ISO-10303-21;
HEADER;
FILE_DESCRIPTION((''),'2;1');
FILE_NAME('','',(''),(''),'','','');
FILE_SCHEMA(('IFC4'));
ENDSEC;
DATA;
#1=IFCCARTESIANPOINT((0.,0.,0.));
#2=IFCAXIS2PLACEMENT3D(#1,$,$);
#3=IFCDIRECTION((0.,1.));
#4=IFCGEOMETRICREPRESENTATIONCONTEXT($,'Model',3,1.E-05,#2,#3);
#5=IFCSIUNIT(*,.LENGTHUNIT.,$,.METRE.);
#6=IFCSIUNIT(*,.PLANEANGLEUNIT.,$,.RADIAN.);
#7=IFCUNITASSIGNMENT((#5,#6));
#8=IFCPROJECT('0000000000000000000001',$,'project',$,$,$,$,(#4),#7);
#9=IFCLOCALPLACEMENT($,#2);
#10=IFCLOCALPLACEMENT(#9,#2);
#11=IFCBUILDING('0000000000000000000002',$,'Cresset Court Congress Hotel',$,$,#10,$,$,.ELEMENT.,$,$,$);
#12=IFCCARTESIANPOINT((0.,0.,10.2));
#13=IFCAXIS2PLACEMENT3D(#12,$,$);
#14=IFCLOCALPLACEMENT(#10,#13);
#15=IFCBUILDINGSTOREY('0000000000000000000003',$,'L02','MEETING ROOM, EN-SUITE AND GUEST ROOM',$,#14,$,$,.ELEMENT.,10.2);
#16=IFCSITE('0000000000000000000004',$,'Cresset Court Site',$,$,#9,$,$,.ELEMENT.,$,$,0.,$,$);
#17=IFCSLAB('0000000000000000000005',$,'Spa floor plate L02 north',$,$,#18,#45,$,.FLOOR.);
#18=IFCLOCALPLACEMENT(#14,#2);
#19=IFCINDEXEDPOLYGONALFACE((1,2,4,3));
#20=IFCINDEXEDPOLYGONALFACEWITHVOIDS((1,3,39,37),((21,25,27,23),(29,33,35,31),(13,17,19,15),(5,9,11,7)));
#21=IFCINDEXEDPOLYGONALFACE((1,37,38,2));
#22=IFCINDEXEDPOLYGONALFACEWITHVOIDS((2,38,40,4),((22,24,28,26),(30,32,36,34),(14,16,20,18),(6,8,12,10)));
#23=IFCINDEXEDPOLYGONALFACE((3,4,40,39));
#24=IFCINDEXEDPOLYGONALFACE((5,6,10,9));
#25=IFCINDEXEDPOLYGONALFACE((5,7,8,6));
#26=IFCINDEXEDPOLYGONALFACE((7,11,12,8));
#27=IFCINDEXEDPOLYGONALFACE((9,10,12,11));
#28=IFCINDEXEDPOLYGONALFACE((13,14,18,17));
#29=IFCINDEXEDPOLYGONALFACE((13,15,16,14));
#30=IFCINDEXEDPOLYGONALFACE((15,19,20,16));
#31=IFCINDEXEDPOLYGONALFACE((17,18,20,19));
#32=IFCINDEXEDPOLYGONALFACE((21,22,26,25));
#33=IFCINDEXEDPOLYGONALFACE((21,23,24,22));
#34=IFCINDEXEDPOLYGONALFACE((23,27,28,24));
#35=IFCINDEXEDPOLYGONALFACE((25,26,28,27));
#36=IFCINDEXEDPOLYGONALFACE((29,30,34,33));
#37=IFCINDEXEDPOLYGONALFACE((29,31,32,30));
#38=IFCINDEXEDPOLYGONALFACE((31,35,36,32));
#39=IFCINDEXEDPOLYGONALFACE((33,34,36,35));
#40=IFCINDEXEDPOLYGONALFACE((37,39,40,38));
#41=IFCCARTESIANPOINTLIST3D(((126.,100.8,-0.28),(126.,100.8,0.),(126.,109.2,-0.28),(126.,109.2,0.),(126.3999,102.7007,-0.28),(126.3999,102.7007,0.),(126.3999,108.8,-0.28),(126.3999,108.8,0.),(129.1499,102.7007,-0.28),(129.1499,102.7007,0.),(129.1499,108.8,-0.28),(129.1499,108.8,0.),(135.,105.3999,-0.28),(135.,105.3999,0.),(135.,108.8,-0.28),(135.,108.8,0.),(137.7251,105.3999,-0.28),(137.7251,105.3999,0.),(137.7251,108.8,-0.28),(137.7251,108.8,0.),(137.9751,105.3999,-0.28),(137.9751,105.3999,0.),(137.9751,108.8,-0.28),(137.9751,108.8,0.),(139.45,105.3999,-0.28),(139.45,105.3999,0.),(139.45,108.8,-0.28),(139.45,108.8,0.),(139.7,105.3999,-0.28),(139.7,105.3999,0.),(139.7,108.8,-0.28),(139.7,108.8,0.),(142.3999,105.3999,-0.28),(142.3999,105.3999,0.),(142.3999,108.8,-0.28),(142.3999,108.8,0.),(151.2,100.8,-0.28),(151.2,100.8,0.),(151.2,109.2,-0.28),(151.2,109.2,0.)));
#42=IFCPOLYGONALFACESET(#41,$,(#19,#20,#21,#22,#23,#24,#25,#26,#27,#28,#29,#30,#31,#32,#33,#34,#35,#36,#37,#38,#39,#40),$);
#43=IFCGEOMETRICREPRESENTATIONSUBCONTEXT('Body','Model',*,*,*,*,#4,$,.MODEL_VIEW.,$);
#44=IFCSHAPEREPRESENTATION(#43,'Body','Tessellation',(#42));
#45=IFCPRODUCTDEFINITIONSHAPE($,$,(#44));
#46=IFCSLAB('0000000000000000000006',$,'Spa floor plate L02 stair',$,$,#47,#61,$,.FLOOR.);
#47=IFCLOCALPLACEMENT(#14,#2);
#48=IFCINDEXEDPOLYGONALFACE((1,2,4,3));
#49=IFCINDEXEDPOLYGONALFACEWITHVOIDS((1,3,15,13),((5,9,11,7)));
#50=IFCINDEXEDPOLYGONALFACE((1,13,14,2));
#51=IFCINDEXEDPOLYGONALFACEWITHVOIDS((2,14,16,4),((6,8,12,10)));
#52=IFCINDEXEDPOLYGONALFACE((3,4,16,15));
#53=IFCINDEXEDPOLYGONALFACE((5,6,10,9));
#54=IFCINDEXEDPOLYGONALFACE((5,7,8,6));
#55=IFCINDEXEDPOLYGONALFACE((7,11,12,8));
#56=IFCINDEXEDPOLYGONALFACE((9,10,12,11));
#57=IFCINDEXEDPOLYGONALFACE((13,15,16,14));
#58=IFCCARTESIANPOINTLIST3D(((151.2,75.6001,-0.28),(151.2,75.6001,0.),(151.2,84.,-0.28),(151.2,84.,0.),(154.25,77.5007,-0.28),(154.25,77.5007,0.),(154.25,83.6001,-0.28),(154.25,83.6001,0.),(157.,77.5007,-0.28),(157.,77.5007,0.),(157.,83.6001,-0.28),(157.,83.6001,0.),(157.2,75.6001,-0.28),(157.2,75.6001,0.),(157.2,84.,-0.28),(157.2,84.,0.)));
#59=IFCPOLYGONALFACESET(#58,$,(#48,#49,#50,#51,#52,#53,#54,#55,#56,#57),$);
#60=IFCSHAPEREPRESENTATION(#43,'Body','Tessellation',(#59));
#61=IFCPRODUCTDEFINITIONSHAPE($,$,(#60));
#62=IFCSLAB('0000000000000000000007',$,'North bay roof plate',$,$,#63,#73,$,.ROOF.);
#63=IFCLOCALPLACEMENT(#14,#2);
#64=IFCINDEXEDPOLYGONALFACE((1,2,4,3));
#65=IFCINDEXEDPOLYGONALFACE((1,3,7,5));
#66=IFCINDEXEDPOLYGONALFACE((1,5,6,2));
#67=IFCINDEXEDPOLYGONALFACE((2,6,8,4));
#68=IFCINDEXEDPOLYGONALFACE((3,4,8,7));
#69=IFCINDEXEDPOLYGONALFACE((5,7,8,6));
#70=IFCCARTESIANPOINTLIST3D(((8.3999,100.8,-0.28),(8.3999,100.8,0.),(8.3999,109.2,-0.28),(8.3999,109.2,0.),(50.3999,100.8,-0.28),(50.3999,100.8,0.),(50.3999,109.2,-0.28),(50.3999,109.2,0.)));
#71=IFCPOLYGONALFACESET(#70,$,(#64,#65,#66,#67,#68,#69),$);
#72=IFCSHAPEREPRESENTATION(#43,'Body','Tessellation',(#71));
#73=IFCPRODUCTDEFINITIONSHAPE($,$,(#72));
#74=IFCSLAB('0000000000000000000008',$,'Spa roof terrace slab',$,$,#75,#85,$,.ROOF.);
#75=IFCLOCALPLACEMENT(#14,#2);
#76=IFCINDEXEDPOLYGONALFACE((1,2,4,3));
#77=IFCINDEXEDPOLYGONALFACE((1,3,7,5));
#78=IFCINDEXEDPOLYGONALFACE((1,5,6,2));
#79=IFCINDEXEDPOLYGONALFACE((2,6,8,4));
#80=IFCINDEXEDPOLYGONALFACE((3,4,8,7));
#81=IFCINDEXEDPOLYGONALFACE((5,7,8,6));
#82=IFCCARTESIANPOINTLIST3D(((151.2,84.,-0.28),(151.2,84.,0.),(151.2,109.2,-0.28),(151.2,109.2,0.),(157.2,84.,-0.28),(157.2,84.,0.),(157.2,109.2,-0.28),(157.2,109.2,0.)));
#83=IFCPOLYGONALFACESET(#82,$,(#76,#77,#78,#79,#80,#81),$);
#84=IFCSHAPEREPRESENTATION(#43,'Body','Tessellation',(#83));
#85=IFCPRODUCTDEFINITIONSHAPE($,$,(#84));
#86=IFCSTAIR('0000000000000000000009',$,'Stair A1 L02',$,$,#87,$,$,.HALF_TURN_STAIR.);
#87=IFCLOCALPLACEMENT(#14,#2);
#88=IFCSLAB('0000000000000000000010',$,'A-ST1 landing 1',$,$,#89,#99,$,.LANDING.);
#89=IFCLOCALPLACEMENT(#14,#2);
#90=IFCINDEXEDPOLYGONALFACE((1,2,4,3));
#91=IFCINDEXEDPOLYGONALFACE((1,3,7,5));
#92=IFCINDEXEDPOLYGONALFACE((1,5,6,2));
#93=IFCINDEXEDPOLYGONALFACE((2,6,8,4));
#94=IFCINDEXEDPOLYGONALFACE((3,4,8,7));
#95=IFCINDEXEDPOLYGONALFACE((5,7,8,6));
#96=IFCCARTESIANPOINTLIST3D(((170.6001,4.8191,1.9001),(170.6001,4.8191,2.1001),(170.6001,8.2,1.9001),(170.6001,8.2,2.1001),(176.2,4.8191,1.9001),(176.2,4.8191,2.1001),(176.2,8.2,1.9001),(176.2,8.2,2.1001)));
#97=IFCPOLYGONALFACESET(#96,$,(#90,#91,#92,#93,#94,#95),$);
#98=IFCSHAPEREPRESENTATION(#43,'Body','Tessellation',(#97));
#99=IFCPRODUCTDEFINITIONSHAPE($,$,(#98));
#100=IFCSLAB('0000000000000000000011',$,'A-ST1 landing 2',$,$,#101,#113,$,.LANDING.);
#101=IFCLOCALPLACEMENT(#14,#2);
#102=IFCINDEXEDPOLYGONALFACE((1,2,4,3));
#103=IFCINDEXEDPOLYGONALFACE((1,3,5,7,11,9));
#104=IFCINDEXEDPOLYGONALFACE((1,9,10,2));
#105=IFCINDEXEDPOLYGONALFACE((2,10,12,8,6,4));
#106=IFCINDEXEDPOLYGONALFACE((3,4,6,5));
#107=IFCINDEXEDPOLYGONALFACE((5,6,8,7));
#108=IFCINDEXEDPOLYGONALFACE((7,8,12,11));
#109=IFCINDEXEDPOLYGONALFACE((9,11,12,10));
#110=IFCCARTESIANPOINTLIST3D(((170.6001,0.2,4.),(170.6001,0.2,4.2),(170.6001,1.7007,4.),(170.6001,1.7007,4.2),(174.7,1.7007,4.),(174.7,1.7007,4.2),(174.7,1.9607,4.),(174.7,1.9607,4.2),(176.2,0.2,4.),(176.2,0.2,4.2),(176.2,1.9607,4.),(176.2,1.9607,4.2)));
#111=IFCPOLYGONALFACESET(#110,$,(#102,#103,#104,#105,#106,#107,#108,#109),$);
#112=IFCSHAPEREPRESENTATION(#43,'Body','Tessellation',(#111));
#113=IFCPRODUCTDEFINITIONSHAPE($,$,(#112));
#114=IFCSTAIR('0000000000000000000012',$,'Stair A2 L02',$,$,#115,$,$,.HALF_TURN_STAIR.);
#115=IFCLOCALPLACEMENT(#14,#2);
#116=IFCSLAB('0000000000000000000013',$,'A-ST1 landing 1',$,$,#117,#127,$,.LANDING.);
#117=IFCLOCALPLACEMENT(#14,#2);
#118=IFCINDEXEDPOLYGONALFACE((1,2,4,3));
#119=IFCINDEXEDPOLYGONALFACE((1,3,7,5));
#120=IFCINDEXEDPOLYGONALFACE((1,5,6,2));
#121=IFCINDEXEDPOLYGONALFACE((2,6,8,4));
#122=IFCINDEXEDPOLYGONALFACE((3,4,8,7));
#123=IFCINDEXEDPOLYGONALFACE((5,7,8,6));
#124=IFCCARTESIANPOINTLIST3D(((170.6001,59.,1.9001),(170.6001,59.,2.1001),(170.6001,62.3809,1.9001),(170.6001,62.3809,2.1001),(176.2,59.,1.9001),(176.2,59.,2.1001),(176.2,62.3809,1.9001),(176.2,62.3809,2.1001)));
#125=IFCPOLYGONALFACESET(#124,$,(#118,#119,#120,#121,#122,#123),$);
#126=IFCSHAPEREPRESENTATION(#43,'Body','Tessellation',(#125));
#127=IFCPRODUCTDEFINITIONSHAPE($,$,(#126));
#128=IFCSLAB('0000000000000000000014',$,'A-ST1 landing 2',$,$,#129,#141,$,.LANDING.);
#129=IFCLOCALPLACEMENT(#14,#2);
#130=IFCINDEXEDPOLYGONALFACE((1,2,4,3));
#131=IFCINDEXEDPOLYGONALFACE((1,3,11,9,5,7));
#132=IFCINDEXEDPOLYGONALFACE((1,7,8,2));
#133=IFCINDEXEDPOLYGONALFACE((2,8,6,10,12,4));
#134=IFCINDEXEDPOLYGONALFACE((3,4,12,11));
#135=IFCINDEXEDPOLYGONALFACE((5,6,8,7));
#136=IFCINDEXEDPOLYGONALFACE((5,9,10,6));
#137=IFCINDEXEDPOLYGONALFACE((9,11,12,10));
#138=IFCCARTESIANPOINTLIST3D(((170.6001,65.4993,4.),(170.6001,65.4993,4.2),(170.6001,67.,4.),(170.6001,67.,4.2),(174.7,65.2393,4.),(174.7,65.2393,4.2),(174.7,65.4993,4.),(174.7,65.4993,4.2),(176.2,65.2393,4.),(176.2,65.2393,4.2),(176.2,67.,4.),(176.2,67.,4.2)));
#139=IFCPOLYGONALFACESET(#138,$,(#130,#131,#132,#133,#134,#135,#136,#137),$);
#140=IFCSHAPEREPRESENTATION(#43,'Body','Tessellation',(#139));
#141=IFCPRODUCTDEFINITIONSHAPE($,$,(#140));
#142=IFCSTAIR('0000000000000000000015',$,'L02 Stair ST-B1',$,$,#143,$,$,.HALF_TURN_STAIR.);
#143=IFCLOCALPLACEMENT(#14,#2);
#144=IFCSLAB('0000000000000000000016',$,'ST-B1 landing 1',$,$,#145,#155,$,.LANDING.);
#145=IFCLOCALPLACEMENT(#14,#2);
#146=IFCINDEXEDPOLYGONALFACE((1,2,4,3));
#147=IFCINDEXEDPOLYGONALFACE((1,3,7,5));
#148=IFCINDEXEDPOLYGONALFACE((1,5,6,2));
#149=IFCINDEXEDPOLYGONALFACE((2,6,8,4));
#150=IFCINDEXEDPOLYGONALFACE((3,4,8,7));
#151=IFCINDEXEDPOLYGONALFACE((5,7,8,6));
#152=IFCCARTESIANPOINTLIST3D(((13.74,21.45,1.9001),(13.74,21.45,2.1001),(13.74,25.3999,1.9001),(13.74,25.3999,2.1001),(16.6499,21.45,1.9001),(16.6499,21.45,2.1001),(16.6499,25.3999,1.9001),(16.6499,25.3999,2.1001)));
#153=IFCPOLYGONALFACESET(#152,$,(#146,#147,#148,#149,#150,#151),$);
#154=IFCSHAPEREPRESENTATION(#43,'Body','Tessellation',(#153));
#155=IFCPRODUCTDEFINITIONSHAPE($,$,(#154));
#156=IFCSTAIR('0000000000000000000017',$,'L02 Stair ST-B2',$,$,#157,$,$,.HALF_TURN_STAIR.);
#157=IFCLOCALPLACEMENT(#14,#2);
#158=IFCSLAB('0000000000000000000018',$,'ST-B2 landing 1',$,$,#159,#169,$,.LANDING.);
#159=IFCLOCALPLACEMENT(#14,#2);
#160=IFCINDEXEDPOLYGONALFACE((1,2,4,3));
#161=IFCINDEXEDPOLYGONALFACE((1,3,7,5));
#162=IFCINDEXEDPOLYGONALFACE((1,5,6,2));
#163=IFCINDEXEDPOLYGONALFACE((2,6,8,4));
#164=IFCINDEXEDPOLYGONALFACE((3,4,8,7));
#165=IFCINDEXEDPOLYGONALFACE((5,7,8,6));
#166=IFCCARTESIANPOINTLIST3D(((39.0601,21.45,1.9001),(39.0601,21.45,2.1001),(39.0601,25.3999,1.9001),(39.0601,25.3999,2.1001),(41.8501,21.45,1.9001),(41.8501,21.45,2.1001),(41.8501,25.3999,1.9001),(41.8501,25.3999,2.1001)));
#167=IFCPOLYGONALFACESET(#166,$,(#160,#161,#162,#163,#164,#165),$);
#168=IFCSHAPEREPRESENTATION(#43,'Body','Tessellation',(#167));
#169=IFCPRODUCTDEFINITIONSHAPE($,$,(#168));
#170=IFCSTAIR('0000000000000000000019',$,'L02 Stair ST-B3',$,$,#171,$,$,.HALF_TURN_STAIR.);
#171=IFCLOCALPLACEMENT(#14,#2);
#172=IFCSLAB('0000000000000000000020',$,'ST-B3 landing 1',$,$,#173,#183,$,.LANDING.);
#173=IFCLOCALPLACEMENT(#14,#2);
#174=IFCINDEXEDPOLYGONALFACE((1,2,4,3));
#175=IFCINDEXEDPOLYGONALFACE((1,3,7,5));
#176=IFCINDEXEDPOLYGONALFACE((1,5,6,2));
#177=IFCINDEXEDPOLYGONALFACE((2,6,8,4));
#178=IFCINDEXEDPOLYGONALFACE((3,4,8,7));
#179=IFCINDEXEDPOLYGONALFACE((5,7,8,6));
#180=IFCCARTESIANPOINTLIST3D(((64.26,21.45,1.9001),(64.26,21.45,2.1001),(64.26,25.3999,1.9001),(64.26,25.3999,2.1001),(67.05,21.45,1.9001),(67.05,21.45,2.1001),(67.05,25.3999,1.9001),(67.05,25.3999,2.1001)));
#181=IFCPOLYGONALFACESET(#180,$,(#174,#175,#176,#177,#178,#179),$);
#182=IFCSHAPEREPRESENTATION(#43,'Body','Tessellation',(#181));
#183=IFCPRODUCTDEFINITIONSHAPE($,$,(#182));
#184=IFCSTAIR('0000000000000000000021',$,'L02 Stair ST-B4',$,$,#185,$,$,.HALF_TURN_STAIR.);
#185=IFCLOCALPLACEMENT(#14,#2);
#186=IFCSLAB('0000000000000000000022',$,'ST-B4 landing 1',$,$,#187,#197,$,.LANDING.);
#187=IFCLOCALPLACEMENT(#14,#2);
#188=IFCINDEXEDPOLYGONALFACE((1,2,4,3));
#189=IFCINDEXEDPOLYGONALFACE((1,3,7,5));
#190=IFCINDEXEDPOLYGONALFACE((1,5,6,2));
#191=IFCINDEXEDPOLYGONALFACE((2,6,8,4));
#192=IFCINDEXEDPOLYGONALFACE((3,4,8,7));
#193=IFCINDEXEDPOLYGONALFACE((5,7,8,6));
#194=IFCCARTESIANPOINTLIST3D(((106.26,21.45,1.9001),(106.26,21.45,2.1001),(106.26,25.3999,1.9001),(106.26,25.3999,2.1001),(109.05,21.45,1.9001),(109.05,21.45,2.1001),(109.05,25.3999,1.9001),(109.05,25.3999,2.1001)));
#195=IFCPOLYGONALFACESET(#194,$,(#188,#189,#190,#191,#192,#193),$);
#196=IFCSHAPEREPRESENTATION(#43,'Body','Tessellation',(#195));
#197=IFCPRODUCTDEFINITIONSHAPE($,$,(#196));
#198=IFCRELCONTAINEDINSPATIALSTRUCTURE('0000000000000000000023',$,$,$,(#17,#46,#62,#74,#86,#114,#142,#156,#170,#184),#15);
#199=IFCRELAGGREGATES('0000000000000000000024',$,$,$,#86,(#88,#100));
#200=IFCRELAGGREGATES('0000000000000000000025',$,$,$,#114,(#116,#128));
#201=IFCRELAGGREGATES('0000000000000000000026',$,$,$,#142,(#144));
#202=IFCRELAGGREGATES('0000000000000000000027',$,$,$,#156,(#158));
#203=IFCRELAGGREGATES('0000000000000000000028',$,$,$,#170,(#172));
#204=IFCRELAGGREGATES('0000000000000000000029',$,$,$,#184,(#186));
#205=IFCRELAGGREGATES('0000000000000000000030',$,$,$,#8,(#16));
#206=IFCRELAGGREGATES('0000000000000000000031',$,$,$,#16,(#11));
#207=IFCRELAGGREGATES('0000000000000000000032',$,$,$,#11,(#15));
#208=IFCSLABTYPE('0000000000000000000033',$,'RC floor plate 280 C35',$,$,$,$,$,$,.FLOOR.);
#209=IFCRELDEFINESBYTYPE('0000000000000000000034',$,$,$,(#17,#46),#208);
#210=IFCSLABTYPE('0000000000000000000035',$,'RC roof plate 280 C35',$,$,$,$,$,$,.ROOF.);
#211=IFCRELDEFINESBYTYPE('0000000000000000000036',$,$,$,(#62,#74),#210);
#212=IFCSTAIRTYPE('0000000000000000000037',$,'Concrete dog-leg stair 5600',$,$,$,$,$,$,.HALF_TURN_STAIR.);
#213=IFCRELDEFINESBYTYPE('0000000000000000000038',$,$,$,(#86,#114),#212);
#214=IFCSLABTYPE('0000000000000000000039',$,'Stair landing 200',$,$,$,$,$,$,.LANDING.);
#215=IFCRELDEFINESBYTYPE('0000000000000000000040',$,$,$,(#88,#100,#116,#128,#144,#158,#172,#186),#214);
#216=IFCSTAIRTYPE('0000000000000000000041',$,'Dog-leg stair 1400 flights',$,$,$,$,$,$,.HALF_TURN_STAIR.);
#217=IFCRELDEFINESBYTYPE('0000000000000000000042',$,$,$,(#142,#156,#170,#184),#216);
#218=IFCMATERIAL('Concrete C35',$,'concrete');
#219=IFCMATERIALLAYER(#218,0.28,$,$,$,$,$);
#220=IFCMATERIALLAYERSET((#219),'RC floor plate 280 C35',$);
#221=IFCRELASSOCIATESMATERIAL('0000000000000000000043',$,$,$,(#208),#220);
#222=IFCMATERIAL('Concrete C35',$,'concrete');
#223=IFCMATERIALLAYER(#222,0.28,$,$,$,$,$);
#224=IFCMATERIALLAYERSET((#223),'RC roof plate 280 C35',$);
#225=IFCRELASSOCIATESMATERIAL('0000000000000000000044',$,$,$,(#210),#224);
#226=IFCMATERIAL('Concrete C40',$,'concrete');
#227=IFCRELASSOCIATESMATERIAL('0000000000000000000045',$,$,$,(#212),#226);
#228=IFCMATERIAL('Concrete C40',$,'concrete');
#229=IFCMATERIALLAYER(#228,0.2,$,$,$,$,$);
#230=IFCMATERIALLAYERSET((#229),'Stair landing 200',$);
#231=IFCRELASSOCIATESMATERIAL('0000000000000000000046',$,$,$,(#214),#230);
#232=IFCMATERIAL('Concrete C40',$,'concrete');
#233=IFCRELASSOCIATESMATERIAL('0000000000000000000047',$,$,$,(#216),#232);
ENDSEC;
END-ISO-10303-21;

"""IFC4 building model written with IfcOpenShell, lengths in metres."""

from ifc_helpers import new_model, si_unit, direction, frame, origin, place, context, subcontext, project, spatial, polyline, outline, extrude, material, layer, layer_set, type_object, element, aggregate, save


model = new_model("IFC4")

# Units and contexts
model_context = context("Model", 3, precision=1e-05, world=origin(), true_north=direction((0.0, 1.0)))
body_context = subcontext(model_context, "Body", "Model", "MODEL_VIEW")
ifc_project = project(units=[si_unit("LENGTHUNIT", "METRE"), si_unit("PLANEANGLEUNIT", "RADIAN")], contexts=[model_context])

# Site, building, storey
site_placement = place(None, origin())
site = spatial("IfcSite", under=ifc_project, at=site_placement, Name="Cresset Court Site", CompositionType="ELEMENT", RefElevation=0.0)
building_placement = place(site_placement, origin())
building = spatial("IfcBuilding", under=site, at=building_placement, Name="Cresset Court Congress Hotel", CompositionType="ELEMENT")
storey_placement = place(building_placement, frame((0.0, 0.0, 10.2)))
storey = spatial("IfcBuildingStorey", under=building, at=storey_placement, Name="L02", Description="MEETING ROOM, EN-SUITE AND GUEST ROOM", CompositionType="ELEMENT", Elevation=10.2)

# Slabs
ifc_material_1 = material(Name="Concrete C35", Category="concrete")
ifc_layer_1 = layer(ifc_material_1, 0.28)
ifc_layer_set_1 = layer_set([ifc_layer_1], Name="RC floor plate 280 C35")
slab_type_1 = type_object("IfcSlabType", Name="RC floor plate 280 C35", PredefinedType="FLOOR", material=ifc_layer_set_1)
slab_1_placement = place(storey_placement, frame((0.0, 0.0, -0.28)))
element("IfcSlab", 1, at=slab_1_placement, inside=storey, type_object=slab_type_1, Name="Spa floor plate L02 north", PredefinedType="FLOOR", context=body_context, shape_type="SweptSolid", body=[
    extrude(outline(polyline([(126.0, 100.8), (151.2, 100.8), (151.2, 109.2), (126.0, 109.2), (126.0, 100.8)]), holes=[polyline([(135.0, 105.3999), (137.7251, 105.3999), (137.7251, 108.8), (135.0, 108.8), (135.0, 105.3999)]), polyline([(139.7, 105.3999), (142.3999, 105.3999), (142.3999, 108.8), (139.7, 108.8), (139.7, 105.3999)]), polyline([(137.9751, 105.3999), (139.45, 105.3999), (139.45, 108.8), (137.9751, 108.8), (137.9751, 105.3999)]), polyline([(129.1499, 102.7007), (129.1499, 108.8), (126.3999, 108.8), (126.3999, 102.7007), (129.1499, 102.7007)])]), origin(), (0.0, 0.0, 1.0), 0.28),
])
slab_2_placement = place(storey_placement, frame((0.0, 0.0, -0.28)))
element("IfcSlab", 2, at=slab_2_placement, inside=storey, type_object=slab_type_1, Name="Spa floor plate L02 stair", PredefinedType="FLOOR", context=body_context, shape_type="SweptSolid", body=[
    extrude(outline(polyline([(151.2, 75.6001), (157.2, 75.6001), (157.2, 84.0), (151.2, 84.0), (151.2, 75.6001)]), holes=[polyline([(157.0, 77.5007), (157.0, 83.6001), (154.25, 83.6001), (154.25, 77.5007), (157.0, 77.5007)])]), origin(), (0.0, 0.0, 1.0), 0.28),
])
ifc_material_2 = material(Name="Concrete C35", Category="concrete")
ifc_layer_2 = layer(ifc_material_2, 0.28)
ifc_layer_set_2 = layer_set([ifc_layer_2], Name="RC roof plate 280 C35")
slab_type_2 = type_object("IfcSlabType", Name="RC roof plate 280 C35", PredefinedType="ROOF", material=ifc_layer_set_2)
slab_3_placement = place(storey_placement, frame((0.0, 0.0, -0.28)))
element("IfcSlab", 3, at=slab_3_placement, inside=storey, type_object=slab_type_2, Name="North bay roof plate", PredefinedType="ROOF", context=body_context, shape_type="SweptSolid", body=[
    extrude(outline(polyline([(8.3999, 100.8), (50.3999, 100.8), (50.3999, 109.2), (8.3999, 109.2), (8.3999, 100.8)])), origin(), (0.0, 0.0, 1.0), 0.28),
])
slab_4_placement = place(storey_placement, frame((0.0, 0.0, -0.28)))
element("IfcSlab", 4, at=slab_4_placement, inside=storey, type_object=slab_type_2, Name="Spa roof terrace slab", PredefinedType="ROOF", context=body_context, shape_type="SweptSolid", body=[
    extrude(outline(polyline([(151.2, 84.0), (157.2, 84.0), (157.2, 109.2), (151.2, 109.2), (151.2, 84.0)])), origin(), (0.0, 0.0, 1.0), 0.28),
])

# Stairs, slabs
ifc_material_3 = material(Name="Concrete C40", Category="concrete")
stair_type_1 = type_object("IfcStairType", Name="Concrete dog-leg stair 5600", PredefinedType="HALF_TURN_STAIR", material=ifc_material_3)
stair_1_placement = place(storey_placement, origin())
stair_1 = element("IfcStair", 5, at=stair_1_placement, inside=storey, type_object=stair_type_1, Name="Stair A1 L02", PredefinedType="HALF_TURN_STAIR")
ifc_material_4 = material(Name="Concrete C40", Category="concrete")
ifc_layer_3 = layer(ifc_material_4, 0.2)
ifc_layer_set_3 = layer_set([ifc_layer_3], Name="Stair landing 200")
slab_type_3 = type_object("IfcSlabType", Name="Stair landing 200", PredefinedType="LANDING", material=ifc_layer_set_3)
slab_5_placement = place(storey_placement, frame((0.0, 0.0, 1.9001)))
slab_5 = element("IfcSlab", 6, at=slab_5_placement, type_object=slab_type_3, Name="A-ST1 landing 1", PredefinedType="LANDING", context=body_context, shape_type="SweptSolid", body=[
    extrude(outline(polyline([(170.6001, 4.8191), (176.2, 4.8191), (176.2, 8.2), (170.6001, 8.2), (170.6001, 4.8191)])), origin(), (0.0, 0.0, 1.0), 0.2),
])
slab_6_placement = place(storey_placement, frame((0.0, 0.0, 4.0)))
slab_6 = element("IfcSlab", 7, at=slab_6_placement, type_object=slab_type_3, Name="A-ST1 landing 2", PredefinedType="LANDING", context=body_context, shape_type="SweptSolid", body=[
    extrude(outline(polyline([(170.6001, 0.2), (176.2, 0.2), (176.2, 1.9607), (174.7, 1.9607), (174.7, 1.7007), (170.6001, 1.7007), (170.6001, 0.2)])), origin(), (0.0, 0.0, 1.0), 0.2),
])
aggregate(stair_1, [slab_5, slab_6])
stair_2_placement = place(storey_placement, origin())
stair_2 = element("IfcStair", 8, at=stair_2_placement, inside=storey, type_object=stair_type_1, Name="Stair A2 L02", PredefinedType="HALF_TURN_STAIR")
slab_7_placement = place(storey_placement, frame((0.0, 0.0, 1.9001)))
slab_7 = element("IfcSlab", 9, at=slab_7_placement, type_object=slab_type_3, Name="A-ST1 landing 1", PredefinedType="LANDING", context=body_context, shape_type="SweptSolid", body=[
    extrude(outline(polyline([(170.6001, 62.3809), (176.2, 62.3809), (176.2, 59.0), (170.6001, 59.0), (170.6001, 62.3809)])), origin(), (0.0, 0.0, 1.0), 0.2),
])
slab_8_placement = place(storey_placement, frame((0.0, 0.0, 4.0)))
slab_8 = element("IfcSlab", 10, at=slab_8_placement, type_object=slab_type_3, Name="A-ST1 landing 2", PredefinedType="LANDING", context=body_context, shape_type="SweptSolid", body=[
    extrude(outline(polyline([(170.6001, 67.0), (176.2, 67.0), (176.2, 65.2393), (174.7, 65.2393), (174.7, 65.4993), (170.6001, 65.4993), (170.6001, 67.0)])), origin(), (0.0, 0.0, 1.0), 0.2),
])
aggregate(stair_2, [slab_7, slab_8])

# Stairs, slabs
ifc_material_5 = material(Name="Concrete C40", Category="concrete")
stair_type_2 = type_object("IfcStairType", Name="Dog-leg stair 1400 flights", PredefinedType="HALF_TURN_STAIR", material=ifc_material_5)
stair_3_placement = place(storey_placement, origin())
stair_3 = element("IfcStair", 11, at=stair_3_placement, inside=storey, type_object=stair_type_2, Name="L02 Stair ST-B1", PredefinedType="HALF_TURN_STAIR")
slab_9_placement = place(storey_placement, frame((0.0, 0.0, 1.9001)))
slab_9 = element("IfcSlab", 12, at=slab_9_placement, type_object=slab_type_3, Name="ST-B1 landing 1", PredefinedType="LANDING", context=body_context, shape_type="SweptSolid", body=[
    extrude(outline(polyline([(13.74, 21.45), (16.6499, 21.45), (16.6499, 25.3999), (13.74, 25.3999), (13.74, 21.45)])), origin(), (0.0, 0.0, 1.0), 0.2),
])
aggregate(stair_3, [slab_9])
stair_4_placement = place(storey_placement, origin())
stair_4 = element("IfcStair", 13, at=stair_4_placement, inside=storey, type_object=stair_type_2, Name="L02 Stair ST-B2", PredefinedType="HALF_TURN_STAIR")
slab_10_placement = place(storey_placement, frame((0.0, 0.0, 1.9001)))
slab_10 = element("IfcSlab", 14, at=slab_10_placement, type_object=slab_type_3, Name="ST-B2 landing 1", PredefinedType="LANDING", context=body_context, shape_type="SweptSolid", body=[
    extrude(outline(polyline([(39.0601, 21.45), (41.8501, 21.45), (41.8501, 25.3999), (39.0601, 25.3999), (39.0601, 21.45)])), origin(), (0.0, 0.0, 1.0), 0.2),
])
aggregate(stair_4, [slab_10])
stair_5_placement = place(storey_placement, origin())
stair_5 = element("IfcStair", 15, at=stair_5_placement, inside=storey, type_object=stair_type_2, Name="L02 Stair ST-B3", PredefinedType="HALF_TURN_STAIR")
slab_11_placement = place(storey_placement, frame((0.0, 0.0, 1.9001)))
slab_11 = element("IfcSlab", 16, at=slab_11_placement, type_object=slab_type_3, Name="ST-B3 landing 1", PredefinedType="LANDING", context=body_context, shape_type="SweptSolid", body=[
    extrude(outline(polyline([(64.26, 21.45), (67.05, 21.45), (67.05, 25.3999), (64.26, 25.3999), (64.26, 21.45)])), origin(), (0.0, 0.0, 1.0), 0.2),
])
aggregate(stair_5, [slab_11])
stair_6_placement = place(storey_placement, origin())
stair_6 = element("IfcStair", 17, at=stair_6_placement, inside=storey, type_object=stair_type_2, Name="L02 Stair ST-B4", PredefinedType="HALF_TURN_STAIR")
slab_12_placement = place(storey_placement, frame((0.0, 0.0, 1.9001)))
slab_12 = element("IfcSlab", 18, at=slab_12_placement, type_object=slab_type_3, Name="ST-B4 landing 1", PredefinedType="LANDING", context=body_context, shape_type="SweptSolid", body=[
    extrude(outline(polyline([(106.26, 21.45), (109.05, 21.45), (109.05, 25.3999), (106.26, 25.3999), (106.26, 21.45)])), origin(), (0.0, 0.0, 1.0), 0.2),
])
aggregate(stair_6, [slab_12])

save(model, "model.ifc")
